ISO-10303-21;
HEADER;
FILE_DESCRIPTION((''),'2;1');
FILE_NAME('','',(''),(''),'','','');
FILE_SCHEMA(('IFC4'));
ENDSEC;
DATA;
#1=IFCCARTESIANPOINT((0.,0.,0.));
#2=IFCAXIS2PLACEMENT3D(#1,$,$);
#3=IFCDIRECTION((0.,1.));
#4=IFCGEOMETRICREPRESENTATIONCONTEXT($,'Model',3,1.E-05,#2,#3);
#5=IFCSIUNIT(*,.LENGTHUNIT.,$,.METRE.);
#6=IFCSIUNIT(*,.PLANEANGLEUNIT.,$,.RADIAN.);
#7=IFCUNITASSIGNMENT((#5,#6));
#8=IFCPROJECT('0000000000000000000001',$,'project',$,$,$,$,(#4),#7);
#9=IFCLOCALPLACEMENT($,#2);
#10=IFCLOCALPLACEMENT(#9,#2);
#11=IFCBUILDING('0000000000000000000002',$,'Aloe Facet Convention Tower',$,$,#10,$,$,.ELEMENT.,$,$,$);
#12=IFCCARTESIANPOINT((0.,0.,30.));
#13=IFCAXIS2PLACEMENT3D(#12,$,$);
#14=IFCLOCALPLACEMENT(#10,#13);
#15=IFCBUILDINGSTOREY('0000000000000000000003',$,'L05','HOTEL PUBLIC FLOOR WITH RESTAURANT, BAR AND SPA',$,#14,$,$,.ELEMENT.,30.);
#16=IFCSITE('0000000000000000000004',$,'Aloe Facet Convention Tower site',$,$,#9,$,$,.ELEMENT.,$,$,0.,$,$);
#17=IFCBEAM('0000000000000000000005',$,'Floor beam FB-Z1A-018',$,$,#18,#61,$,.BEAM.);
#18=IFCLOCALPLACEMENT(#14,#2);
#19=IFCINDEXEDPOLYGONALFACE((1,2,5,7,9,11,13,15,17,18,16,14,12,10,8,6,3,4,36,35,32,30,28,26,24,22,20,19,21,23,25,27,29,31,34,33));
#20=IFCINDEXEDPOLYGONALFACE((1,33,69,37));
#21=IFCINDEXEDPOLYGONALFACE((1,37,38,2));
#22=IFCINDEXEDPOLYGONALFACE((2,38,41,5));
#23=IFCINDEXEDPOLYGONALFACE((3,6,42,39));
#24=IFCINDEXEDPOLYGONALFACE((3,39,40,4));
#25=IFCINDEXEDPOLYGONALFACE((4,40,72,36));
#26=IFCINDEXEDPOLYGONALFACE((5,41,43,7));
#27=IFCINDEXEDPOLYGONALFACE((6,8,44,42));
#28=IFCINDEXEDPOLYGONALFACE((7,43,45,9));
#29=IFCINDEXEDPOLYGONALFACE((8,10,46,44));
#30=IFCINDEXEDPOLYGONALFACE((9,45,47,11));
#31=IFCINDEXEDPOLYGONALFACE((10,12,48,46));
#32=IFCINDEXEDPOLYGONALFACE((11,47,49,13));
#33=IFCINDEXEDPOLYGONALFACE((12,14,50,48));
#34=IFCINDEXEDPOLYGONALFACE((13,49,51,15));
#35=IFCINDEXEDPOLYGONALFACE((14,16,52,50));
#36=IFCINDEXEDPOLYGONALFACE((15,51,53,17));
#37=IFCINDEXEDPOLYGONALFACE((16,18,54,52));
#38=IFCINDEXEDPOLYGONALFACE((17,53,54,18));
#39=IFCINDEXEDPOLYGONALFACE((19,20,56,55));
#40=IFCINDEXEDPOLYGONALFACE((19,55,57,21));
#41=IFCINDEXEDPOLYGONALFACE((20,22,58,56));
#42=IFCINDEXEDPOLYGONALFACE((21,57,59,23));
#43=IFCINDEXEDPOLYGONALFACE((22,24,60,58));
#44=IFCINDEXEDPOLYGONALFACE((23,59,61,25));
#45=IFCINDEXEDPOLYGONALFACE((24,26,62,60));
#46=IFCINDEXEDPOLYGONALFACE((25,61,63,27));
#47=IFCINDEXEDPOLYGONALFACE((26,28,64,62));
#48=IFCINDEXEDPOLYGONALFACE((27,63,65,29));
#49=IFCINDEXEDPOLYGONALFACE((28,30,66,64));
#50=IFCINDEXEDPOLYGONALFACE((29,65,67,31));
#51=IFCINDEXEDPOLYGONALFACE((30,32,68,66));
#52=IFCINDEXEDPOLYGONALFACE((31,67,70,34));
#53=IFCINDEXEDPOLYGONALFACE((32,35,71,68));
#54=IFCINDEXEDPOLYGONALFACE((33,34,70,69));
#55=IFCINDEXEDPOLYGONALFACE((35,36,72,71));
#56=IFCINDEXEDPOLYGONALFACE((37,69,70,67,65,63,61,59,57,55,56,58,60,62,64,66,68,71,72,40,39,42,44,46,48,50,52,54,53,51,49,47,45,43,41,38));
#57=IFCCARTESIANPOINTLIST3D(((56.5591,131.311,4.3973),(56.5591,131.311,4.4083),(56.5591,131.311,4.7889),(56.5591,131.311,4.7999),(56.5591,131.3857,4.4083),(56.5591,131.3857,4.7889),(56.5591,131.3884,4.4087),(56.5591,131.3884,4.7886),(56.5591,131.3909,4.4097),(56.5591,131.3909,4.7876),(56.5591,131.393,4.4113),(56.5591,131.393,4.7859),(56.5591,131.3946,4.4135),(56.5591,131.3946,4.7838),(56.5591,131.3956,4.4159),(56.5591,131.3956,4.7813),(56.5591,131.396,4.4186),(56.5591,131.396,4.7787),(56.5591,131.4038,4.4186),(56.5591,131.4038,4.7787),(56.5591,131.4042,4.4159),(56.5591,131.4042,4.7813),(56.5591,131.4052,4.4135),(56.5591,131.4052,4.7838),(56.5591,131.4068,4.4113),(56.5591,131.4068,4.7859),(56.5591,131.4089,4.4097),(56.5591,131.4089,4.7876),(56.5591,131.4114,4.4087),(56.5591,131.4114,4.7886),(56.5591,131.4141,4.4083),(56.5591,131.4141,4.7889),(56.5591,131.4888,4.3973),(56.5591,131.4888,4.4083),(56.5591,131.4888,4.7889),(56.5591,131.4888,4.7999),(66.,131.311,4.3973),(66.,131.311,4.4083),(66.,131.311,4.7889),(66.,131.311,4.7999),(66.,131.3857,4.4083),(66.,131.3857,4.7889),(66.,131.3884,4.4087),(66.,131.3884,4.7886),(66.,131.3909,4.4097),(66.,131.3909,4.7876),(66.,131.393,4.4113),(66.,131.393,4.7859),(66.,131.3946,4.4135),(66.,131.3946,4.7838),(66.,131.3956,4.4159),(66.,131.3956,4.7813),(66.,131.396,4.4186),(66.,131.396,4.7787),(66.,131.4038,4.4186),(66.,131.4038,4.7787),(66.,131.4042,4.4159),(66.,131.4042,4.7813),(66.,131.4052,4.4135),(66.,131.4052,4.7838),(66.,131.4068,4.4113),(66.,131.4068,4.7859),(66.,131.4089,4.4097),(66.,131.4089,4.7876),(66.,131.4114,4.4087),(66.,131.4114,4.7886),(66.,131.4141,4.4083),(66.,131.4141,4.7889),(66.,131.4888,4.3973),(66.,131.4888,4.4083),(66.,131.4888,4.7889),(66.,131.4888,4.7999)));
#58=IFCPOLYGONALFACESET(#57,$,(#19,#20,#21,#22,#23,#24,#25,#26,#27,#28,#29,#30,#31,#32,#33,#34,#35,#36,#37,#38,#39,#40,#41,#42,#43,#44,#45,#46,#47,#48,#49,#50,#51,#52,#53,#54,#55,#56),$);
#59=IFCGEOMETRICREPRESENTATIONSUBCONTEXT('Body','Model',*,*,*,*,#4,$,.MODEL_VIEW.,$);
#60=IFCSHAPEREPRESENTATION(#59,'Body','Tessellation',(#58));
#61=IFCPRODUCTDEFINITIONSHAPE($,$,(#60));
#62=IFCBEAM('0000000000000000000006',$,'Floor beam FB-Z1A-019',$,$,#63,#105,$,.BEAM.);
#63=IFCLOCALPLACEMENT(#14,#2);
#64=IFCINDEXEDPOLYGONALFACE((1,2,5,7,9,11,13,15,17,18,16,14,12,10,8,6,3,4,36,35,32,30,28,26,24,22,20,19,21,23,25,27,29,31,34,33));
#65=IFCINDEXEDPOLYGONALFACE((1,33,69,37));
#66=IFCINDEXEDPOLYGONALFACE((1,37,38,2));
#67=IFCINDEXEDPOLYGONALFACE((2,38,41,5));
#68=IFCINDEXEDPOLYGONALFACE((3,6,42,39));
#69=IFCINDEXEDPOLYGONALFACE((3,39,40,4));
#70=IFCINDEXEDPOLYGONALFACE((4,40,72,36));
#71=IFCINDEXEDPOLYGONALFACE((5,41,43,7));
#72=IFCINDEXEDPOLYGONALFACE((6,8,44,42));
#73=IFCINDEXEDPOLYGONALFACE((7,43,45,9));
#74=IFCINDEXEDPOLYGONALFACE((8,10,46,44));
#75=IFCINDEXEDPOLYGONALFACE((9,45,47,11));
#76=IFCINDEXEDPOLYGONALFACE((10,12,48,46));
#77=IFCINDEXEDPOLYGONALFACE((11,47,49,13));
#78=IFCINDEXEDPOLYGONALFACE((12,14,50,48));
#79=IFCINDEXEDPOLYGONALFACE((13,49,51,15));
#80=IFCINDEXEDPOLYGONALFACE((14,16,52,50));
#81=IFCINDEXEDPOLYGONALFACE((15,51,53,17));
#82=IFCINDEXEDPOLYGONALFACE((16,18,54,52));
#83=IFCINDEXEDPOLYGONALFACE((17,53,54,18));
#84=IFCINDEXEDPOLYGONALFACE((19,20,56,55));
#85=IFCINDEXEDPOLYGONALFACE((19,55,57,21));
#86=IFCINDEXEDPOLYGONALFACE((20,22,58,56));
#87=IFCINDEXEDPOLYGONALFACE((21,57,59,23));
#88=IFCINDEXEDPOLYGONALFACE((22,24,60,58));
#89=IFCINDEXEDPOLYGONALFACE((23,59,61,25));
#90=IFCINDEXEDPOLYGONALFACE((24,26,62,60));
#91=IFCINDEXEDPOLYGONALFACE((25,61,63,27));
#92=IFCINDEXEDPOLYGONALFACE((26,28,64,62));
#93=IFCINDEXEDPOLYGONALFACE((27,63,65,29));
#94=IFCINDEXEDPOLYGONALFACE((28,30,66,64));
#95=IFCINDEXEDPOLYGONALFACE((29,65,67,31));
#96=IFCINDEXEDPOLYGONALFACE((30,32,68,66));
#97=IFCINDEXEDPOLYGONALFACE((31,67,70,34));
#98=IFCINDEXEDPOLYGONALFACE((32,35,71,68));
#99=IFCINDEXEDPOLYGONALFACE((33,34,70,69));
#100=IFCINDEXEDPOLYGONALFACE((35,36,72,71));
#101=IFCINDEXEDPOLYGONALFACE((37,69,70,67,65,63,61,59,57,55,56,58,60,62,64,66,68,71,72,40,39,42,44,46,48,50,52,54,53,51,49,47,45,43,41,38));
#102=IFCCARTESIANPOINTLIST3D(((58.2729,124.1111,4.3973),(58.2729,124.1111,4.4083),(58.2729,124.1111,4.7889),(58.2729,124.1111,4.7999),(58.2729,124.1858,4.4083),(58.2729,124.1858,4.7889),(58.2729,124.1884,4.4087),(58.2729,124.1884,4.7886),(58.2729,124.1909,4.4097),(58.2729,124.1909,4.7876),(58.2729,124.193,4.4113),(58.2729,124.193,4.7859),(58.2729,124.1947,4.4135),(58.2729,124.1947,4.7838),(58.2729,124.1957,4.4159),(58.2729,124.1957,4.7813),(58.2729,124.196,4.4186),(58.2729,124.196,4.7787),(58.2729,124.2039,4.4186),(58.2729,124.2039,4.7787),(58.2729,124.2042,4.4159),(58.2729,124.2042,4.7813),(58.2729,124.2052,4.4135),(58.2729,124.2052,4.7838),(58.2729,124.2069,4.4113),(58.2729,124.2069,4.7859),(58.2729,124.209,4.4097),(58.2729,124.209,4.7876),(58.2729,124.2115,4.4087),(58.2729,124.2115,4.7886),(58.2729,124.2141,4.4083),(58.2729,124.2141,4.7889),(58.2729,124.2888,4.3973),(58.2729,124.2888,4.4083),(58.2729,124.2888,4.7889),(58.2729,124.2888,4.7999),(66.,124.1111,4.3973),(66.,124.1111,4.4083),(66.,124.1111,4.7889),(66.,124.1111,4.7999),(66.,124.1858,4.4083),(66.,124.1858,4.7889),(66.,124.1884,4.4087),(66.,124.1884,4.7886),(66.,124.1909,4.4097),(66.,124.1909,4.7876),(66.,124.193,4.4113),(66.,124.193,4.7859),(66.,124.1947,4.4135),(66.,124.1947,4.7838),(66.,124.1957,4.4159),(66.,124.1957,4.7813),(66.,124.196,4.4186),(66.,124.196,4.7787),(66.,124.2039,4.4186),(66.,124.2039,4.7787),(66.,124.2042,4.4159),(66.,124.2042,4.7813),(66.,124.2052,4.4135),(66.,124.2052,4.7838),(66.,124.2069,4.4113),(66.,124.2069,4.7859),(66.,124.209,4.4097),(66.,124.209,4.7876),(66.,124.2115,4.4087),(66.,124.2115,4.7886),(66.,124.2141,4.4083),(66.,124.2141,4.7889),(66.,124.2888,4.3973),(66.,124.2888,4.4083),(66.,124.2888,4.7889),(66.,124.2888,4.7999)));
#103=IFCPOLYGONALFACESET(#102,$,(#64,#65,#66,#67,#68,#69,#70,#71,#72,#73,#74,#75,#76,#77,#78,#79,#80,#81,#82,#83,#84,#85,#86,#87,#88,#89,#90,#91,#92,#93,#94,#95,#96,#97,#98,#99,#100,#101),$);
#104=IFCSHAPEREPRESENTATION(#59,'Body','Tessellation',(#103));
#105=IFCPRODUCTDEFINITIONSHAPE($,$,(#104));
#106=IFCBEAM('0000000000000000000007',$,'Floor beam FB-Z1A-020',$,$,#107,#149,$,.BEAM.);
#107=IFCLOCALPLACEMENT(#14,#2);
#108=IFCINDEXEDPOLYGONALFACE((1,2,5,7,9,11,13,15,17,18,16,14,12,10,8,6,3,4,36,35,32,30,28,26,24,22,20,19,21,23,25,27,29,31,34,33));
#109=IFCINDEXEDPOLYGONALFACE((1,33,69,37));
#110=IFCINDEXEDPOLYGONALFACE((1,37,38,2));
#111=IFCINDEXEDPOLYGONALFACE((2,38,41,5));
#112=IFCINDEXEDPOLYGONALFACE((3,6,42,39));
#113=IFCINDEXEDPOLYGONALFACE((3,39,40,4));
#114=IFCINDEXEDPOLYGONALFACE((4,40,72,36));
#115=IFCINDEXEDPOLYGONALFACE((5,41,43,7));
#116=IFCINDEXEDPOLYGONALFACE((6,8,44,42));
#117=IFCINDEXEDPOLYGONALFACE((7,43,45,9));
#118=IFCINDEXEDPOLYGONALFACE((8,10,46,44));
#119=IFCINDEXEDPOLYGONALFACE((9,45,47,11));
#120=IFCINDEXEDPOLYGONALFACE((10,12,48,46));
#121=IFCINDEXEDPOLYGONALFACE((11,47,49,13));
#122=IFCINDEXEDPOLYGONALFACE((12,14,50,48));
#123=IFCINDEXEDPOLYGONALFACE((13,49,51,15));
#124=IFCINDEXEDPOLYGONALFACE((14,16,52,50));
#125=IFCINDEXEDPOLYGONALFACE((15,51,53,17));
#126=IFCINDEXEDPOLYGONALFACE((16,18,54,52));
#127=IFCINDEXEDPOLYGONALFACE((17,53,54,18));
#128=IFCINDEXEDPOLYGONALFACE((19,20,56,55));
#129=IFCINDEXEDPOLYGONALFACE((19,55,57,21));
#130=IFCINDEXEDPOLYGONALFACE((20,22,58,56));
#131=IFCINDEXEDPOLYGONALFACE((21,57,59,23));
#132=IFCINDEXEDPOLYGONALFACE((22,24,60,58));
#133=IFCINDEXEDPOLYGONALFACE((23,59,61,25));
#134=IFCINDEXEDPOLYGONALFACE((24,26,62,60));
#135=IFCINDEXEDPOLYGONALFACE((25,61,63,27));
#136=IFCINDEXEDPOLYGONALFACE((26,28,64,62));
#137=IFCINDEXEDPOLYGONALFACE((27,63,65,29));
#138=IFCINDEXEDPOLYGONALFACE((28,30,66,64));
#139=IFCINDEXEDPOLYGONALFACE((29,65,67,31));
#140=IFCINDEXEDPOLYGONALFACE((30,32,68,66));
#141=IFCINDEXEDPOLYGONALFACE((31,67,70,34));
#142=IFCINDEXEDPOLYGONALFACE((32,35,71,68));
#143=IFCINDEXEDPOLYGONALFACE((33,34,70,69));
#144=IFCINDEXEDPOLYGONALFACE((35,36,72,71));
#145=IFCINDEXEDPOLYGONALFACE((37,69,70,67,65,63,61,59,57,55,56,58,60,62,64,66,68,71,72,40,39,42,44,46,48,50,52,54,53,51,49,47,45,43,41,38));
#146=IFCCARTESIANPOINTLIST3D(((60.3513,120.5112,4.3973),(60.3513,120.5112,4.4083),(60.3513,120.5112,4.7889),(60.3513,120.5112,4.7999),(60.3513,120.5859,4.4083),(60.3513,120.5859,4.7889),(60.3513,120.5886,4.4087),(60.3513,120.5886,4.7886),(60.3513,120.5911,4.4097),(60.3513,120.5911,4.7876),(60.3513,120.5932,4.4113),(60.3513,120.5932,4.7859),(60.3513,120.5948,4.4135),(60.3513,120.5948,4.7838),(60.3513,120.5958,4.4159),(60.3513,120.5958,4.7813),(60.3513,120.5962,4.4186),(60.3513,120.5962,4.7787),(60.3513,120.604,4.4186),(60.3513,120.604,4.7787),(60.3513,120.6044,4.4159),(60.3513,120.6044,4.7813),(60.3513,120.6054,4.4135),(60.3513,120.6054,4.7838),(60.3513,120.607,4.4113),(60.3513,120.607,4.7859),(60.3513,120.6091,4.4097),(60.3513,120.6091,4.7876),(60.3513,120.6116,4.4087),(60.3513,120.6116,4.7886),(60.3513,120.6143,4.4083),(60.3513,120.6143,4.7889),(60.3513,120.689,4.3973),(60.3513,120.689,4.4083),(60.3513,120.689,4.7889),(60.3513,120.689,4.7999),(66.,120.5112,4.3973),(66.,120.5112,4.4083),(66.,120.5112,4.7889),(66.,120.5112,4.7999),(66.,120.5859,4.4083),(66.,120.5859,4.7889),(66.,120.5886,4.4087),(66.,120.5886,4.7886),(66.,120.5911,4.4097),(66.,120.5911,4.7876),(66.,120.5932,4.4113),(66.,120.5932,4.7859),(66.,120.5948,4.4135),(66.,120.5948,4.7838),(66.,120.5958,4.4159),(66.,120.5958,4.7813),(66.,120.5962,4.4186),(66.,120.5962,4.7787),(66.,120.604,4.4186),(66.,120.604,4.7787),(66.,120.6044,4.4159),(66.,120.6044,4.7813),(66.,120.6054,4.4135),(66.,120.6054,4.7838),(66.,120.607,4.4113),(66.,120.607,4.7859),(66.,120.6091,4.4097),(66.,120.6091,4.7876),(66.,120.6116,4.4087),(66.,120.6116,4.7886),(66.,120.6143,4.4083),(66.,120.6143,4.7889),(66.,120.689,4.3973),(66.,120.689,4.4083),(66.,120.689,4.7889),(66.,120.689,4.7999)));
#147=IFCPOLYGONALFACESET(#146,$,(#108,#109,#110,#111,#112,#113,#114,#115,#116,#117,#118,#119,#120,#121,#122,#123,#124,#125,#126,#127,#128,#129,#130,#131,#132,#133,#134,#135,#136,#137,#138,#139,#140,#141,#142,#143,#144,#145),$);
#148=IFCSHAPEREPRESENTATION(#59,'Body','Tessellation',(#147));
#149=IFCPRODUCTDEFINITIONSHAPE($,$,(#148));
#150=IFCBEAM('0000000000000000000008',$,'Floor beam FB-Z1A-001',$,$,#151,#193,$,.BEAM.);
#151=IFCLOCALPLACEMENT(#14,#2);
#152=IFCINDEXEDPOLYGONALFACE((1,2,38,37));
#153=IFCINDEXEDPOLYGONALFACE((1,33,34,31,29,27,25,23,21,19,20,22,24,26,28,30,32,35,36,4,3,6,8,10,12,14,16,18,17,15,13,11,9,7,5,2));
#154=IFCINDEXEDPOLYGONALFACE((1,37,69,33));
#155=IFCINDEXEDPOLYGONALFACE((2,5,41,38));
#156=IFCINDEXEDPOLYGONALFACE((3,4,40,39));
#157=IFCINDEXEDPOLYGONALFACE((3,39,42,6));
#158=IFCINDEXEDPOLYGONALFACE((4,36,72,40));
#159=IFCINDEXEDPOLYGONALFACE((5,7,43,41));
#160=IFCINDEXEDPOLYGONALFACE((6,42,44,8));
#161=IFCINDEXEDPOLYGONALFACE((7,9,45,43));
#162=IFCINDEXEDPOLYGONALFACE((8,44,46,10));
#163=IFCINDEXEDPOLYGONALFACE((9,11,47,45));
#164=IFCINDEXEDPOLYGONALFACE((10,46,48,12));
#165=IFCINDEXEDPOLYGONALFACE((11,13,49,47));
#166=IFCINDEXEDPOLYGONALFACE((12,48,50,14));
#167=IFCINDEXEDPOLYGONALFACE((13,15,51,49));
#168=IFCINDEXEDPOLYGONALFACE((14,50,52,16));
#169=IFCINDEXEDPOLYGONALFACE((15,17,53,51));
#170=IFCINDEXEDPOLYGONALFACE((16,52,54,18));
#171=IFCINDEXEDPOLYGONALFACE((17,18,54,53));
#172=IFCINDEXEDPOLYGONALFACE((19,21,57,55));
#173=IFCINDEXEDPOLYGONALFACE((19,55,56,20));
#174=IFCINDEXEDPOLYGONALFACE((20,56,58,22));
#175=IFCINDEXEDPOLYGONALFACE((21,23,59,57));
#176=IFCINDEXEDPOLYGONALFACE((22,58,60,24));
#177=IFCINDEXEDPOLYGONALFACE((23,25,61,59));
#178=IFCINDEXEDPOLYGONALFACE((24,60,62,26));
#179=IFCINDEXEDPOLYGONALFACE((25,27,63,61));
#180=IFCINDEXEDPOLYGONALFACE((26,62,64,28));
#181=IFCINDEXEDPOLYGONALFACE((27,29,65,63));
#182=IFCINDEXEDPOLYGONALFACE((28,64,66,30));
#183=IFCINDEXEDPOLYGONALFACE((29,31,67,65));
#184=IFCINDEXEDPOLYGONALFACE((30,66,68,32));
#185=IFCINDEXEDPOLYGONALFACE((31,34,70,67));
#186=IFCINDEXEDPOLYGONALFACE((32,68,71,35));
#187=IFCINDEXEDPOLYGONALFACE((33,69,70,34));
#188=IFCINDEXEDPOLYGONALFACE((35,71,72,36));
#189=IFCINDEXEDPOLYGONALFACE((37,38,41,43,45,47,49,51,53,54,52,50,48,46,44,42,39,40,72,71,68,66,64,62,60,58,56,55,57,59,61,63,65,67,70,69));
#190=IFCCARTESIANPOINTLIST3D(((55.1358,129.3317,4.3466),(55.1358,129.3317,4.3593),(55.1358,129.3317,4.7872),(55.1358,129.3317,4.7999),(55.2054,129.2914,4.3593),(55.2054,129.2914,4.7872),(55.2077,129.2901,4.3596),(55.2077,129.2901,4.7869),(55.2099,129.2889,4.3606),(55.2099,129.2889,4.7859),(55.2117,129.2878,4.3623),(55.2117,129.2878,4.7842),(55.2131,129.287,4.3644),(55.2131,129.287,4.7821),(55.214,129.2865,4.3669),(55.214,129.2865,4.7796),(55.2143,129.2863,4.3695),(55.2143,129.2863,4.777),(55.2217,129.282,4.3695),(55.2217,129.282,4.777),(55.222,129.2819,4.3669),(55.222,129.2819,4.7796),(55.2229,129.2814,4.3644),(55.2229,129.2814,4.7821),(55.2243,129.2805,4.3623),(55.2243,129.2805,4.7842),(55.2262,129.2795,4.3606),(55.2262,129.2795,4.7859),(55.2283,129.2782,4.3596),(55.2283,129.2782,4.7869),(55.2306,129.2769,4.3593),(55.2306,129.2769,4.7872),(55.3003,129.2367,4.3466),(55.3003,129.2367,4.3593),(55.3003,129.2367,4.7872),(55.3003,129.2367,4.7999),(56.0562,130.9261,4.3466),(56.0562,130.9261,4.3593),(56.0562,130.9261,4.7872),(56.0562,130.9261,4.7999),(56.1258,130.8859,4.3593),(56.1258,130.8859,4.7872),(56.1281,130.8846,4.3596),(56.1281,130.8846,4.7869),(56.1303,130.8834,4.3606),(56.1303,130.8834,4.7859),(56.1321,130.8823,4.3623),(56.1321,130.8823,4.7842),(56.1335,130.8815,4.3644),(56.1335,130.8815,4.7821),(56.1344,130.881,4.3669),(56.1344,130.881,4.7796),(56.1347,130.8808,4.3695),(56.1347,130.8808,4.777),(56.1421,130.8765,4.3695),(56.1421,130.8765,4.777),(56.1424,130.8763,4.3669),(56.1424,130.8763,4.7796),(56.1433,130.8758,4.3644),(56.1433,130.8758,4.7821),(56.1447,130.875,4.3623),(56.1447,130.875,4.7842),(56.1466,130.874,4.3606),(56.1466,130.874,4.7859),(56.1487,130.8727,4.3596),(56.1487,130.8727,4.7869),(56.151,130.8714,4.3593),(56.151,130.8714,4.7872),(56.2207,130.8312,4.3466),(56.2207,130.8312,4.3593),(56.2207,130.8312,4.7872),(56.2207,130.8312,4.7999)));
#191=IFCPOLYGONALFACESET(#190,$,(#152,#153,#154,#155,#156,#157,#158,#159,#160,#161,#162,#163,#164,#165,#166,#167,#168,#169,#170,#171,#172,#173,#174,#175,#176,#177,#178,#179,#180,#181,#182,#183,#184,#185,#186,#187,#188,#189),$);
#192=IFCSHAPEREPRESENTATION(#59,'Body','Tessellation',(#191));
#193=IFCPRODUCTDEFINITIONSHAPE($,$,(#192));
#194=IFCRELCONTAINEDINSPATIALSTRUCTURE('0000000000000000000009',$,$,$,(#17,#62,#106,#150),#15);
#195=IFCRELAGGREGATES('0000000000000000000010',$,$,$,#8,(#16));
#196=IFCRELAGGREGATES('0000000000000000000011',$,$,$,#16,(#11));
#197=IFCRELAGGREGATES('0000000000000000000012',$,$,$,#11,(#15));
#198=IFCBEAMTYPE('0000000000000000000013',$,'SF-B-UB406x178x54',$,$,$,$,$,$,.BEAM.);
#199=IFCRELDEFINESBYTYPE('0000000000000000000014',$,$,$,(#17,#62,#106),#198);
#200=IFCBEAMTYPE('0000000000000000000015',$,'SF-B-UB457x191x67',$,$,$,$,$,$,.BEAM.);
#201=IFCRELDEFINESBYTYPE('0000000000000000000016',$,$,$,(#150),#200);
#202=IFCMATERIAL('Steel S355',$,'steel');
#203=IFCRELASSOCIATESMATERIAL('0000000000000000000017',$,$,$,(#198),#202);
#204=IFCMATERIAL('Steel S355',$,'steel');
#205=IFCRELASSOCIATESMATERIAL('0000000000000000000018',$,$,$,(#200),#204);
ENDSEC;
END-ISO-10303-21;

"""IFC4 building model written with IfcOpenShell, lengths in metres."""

from ifc_helpers import new_model, si_unit, direction, frame, origin, origin_2d, place, context, subcontext, project, spatial, i_section, extrude, material, material_profile, profile_set, type_object, element, save


model = new_model("IFC4")

# Units and contexts
model_context = context("Model", 3, precision=1e-05, world=origin(), true_north=direction((0.0, 1.0)))
body_context = subcontext(model_context, "Body", "Model", "MODEL_VIEW")
ifc_project = project(units=[si_unit("LENGTHUNIT", "METRE"), si_unit("PLANEANGLEUNIT", "RADIAN")], contexts=[model_context])

# Site, building, storey
site_placement = place(None, origin())
site = spatial("IfcSite", under=ifc_project, at=site_placement, Name="Aloe Facet Convention Tower site", CompositionType="ELEMENT", RefElevation=0.0)
building_placement = place(site_placement, origin())
building = spatial("IfcBuilding", under=site, at=building_placement, Name="Aloe Facet Convention Tower", CompositionType="ELEMENT")
storey_placement = place(building_placement, frame((0.0, 0.0, 30.0)))
storey = spatial("IfcBuildingStorey", under=building, at=storey_placement, Name="L05", Description="HOTEL PUBLIC FLOOR WITH RESTAURANT, BAR AND SPA", CompositionType="ELEMENT", Elevation=30.0)

# Beams
ifc_material_1 = material(Name="Steel S355", Category="steel")
ifc_material_profile_1 = material_profile(ifc_material_1, i_section(OverallWidth=0.1777, OverallDepth=0.4026, WebThickness=0.0078, FlangeThickness=0.011, FilletRadius=0.0103, at=origin_2d()), Name="UB 406x178x54")
ifc_profile_set_1 = profile_set([ifc_material_profile_1], Name="Steel S355")
beam_type_1 = type_object("IfcBeamType", Name="SF-B-UB406x178x54", PredefinedType="BEAM", material=ifc_profile_set_1)
beam_1_placement = place(storey_placement, frame((56.5591, 131.3999, 4.5986), z_axis=(1.0, 0.0, 0.0), x_axis=(0.0, 1.0, 0.0)))
element("IfcBeam", 1, at=beam_1_placement, inside=storey, type_object=beam_type_1, Name="Floor beam FB-Z1A-018", PredefinedType="BEAM", context=body_context, shape_type="SweptSolid", body=[
    extrude(i_section(OverallWidth=0.1777, OverallDepth=0.4026, WebThickness=0.0078, FlangeThickness=0.011, FilletRadius=0.0103, at=origin_2d()), origin(), (0.0, 0.0, 1.0), 9.4409),
])
beam_2_placement = place(storey_placement, frame((58.2729, 124.2, 4.5986), z_axis=(1.0, 0.0, 0.0), x_axis=(0.0, 1.0, 0.0)))
element("IfcBeam", 2, at=beam_2_placement, inside=storey, type_object=beam_type_1, Name="Floor beam FB-Z1A-019", PredefinedType="BEAM", context=body_context, shape_type="SweptSolid", body=[
    extrude(i_section(OverallWidth=0.1777, OverallDepth=0.4026, WebThickness=0.0078, FlangeThickness=0.011, FilletRadius=0.0103, at=origin_2d()), origin(), (0.0, 0.0, 1.0), 7.7271),
])
beam_3_placement = place(storey_placement, frame((60.3513, 120.6001, 4.5986), z_axis=(1.0, 0.0, 0.0), x_axis=(0.0, 1.0, 0.0)))
element("IfcBeam", 3, at=beam_3_placement, inside=storey, type_object=beam_type_1, Name="Floor beam FB-Z1A-020", PredefinedType="BEAM", context=body_context, shape_type="SweptSolid", body=[
    extrude(i_section(OverallWidth=0.1777, OverallDepth=0.4026, WebThickness=0.0078, FlangeThickness=0.011, FilletRadius=0.0103, at=origin_2d()), origin(), (0.0, 0.0, 1.0), 5.6487),
])
ifc_material_2 = material(Name="Steel S355", Category="steel")
ifc_material_profile_2 = material_profile(ifc_material_2, i_section(OverallWidth=0.1899, OverallDepth=0.4534, WebThickness=0.0085, FlangeThickness=0.0127, FilletRadius=0.0103, at=origin_2d()), Name="UB 457x191x67")
ifc_profile_set_2 = profile_set([ifc_material_profile_2], Name="Steel S355")
beam_type_2 = type_object("IfcBeamType", Name="SF-B-UB457x191x67", PredefinedType="BEAM", material=ifc_profile_set_2)
beam_4_placement = place(storey_placement, frame((55.218, 129.2842, 4.5732), z_axis=(0.499933, 0.866064, 0.0), x_axis=(-0.866064, 0.499933, 0.0)))
element("IfcBeam", 4, at=beam_4_placement, inside=storey, type_object=beam_type_2, Name="Floor beam FB-Z1A-001", PredefinedType="BEAM", context=body_context, shape_type="SweptSolid", body=[
    extrude(i_section(OverallWidth=0.1899, OverallDepth=0.4534, WebThickness=0.0085, FlangeThickness=0.0127, FilletRadius=0.0103, at=origin_2d()), origin(), (0.0, 0.0, 1.0), 1.8411),
])

save(model, "model.ifc")
